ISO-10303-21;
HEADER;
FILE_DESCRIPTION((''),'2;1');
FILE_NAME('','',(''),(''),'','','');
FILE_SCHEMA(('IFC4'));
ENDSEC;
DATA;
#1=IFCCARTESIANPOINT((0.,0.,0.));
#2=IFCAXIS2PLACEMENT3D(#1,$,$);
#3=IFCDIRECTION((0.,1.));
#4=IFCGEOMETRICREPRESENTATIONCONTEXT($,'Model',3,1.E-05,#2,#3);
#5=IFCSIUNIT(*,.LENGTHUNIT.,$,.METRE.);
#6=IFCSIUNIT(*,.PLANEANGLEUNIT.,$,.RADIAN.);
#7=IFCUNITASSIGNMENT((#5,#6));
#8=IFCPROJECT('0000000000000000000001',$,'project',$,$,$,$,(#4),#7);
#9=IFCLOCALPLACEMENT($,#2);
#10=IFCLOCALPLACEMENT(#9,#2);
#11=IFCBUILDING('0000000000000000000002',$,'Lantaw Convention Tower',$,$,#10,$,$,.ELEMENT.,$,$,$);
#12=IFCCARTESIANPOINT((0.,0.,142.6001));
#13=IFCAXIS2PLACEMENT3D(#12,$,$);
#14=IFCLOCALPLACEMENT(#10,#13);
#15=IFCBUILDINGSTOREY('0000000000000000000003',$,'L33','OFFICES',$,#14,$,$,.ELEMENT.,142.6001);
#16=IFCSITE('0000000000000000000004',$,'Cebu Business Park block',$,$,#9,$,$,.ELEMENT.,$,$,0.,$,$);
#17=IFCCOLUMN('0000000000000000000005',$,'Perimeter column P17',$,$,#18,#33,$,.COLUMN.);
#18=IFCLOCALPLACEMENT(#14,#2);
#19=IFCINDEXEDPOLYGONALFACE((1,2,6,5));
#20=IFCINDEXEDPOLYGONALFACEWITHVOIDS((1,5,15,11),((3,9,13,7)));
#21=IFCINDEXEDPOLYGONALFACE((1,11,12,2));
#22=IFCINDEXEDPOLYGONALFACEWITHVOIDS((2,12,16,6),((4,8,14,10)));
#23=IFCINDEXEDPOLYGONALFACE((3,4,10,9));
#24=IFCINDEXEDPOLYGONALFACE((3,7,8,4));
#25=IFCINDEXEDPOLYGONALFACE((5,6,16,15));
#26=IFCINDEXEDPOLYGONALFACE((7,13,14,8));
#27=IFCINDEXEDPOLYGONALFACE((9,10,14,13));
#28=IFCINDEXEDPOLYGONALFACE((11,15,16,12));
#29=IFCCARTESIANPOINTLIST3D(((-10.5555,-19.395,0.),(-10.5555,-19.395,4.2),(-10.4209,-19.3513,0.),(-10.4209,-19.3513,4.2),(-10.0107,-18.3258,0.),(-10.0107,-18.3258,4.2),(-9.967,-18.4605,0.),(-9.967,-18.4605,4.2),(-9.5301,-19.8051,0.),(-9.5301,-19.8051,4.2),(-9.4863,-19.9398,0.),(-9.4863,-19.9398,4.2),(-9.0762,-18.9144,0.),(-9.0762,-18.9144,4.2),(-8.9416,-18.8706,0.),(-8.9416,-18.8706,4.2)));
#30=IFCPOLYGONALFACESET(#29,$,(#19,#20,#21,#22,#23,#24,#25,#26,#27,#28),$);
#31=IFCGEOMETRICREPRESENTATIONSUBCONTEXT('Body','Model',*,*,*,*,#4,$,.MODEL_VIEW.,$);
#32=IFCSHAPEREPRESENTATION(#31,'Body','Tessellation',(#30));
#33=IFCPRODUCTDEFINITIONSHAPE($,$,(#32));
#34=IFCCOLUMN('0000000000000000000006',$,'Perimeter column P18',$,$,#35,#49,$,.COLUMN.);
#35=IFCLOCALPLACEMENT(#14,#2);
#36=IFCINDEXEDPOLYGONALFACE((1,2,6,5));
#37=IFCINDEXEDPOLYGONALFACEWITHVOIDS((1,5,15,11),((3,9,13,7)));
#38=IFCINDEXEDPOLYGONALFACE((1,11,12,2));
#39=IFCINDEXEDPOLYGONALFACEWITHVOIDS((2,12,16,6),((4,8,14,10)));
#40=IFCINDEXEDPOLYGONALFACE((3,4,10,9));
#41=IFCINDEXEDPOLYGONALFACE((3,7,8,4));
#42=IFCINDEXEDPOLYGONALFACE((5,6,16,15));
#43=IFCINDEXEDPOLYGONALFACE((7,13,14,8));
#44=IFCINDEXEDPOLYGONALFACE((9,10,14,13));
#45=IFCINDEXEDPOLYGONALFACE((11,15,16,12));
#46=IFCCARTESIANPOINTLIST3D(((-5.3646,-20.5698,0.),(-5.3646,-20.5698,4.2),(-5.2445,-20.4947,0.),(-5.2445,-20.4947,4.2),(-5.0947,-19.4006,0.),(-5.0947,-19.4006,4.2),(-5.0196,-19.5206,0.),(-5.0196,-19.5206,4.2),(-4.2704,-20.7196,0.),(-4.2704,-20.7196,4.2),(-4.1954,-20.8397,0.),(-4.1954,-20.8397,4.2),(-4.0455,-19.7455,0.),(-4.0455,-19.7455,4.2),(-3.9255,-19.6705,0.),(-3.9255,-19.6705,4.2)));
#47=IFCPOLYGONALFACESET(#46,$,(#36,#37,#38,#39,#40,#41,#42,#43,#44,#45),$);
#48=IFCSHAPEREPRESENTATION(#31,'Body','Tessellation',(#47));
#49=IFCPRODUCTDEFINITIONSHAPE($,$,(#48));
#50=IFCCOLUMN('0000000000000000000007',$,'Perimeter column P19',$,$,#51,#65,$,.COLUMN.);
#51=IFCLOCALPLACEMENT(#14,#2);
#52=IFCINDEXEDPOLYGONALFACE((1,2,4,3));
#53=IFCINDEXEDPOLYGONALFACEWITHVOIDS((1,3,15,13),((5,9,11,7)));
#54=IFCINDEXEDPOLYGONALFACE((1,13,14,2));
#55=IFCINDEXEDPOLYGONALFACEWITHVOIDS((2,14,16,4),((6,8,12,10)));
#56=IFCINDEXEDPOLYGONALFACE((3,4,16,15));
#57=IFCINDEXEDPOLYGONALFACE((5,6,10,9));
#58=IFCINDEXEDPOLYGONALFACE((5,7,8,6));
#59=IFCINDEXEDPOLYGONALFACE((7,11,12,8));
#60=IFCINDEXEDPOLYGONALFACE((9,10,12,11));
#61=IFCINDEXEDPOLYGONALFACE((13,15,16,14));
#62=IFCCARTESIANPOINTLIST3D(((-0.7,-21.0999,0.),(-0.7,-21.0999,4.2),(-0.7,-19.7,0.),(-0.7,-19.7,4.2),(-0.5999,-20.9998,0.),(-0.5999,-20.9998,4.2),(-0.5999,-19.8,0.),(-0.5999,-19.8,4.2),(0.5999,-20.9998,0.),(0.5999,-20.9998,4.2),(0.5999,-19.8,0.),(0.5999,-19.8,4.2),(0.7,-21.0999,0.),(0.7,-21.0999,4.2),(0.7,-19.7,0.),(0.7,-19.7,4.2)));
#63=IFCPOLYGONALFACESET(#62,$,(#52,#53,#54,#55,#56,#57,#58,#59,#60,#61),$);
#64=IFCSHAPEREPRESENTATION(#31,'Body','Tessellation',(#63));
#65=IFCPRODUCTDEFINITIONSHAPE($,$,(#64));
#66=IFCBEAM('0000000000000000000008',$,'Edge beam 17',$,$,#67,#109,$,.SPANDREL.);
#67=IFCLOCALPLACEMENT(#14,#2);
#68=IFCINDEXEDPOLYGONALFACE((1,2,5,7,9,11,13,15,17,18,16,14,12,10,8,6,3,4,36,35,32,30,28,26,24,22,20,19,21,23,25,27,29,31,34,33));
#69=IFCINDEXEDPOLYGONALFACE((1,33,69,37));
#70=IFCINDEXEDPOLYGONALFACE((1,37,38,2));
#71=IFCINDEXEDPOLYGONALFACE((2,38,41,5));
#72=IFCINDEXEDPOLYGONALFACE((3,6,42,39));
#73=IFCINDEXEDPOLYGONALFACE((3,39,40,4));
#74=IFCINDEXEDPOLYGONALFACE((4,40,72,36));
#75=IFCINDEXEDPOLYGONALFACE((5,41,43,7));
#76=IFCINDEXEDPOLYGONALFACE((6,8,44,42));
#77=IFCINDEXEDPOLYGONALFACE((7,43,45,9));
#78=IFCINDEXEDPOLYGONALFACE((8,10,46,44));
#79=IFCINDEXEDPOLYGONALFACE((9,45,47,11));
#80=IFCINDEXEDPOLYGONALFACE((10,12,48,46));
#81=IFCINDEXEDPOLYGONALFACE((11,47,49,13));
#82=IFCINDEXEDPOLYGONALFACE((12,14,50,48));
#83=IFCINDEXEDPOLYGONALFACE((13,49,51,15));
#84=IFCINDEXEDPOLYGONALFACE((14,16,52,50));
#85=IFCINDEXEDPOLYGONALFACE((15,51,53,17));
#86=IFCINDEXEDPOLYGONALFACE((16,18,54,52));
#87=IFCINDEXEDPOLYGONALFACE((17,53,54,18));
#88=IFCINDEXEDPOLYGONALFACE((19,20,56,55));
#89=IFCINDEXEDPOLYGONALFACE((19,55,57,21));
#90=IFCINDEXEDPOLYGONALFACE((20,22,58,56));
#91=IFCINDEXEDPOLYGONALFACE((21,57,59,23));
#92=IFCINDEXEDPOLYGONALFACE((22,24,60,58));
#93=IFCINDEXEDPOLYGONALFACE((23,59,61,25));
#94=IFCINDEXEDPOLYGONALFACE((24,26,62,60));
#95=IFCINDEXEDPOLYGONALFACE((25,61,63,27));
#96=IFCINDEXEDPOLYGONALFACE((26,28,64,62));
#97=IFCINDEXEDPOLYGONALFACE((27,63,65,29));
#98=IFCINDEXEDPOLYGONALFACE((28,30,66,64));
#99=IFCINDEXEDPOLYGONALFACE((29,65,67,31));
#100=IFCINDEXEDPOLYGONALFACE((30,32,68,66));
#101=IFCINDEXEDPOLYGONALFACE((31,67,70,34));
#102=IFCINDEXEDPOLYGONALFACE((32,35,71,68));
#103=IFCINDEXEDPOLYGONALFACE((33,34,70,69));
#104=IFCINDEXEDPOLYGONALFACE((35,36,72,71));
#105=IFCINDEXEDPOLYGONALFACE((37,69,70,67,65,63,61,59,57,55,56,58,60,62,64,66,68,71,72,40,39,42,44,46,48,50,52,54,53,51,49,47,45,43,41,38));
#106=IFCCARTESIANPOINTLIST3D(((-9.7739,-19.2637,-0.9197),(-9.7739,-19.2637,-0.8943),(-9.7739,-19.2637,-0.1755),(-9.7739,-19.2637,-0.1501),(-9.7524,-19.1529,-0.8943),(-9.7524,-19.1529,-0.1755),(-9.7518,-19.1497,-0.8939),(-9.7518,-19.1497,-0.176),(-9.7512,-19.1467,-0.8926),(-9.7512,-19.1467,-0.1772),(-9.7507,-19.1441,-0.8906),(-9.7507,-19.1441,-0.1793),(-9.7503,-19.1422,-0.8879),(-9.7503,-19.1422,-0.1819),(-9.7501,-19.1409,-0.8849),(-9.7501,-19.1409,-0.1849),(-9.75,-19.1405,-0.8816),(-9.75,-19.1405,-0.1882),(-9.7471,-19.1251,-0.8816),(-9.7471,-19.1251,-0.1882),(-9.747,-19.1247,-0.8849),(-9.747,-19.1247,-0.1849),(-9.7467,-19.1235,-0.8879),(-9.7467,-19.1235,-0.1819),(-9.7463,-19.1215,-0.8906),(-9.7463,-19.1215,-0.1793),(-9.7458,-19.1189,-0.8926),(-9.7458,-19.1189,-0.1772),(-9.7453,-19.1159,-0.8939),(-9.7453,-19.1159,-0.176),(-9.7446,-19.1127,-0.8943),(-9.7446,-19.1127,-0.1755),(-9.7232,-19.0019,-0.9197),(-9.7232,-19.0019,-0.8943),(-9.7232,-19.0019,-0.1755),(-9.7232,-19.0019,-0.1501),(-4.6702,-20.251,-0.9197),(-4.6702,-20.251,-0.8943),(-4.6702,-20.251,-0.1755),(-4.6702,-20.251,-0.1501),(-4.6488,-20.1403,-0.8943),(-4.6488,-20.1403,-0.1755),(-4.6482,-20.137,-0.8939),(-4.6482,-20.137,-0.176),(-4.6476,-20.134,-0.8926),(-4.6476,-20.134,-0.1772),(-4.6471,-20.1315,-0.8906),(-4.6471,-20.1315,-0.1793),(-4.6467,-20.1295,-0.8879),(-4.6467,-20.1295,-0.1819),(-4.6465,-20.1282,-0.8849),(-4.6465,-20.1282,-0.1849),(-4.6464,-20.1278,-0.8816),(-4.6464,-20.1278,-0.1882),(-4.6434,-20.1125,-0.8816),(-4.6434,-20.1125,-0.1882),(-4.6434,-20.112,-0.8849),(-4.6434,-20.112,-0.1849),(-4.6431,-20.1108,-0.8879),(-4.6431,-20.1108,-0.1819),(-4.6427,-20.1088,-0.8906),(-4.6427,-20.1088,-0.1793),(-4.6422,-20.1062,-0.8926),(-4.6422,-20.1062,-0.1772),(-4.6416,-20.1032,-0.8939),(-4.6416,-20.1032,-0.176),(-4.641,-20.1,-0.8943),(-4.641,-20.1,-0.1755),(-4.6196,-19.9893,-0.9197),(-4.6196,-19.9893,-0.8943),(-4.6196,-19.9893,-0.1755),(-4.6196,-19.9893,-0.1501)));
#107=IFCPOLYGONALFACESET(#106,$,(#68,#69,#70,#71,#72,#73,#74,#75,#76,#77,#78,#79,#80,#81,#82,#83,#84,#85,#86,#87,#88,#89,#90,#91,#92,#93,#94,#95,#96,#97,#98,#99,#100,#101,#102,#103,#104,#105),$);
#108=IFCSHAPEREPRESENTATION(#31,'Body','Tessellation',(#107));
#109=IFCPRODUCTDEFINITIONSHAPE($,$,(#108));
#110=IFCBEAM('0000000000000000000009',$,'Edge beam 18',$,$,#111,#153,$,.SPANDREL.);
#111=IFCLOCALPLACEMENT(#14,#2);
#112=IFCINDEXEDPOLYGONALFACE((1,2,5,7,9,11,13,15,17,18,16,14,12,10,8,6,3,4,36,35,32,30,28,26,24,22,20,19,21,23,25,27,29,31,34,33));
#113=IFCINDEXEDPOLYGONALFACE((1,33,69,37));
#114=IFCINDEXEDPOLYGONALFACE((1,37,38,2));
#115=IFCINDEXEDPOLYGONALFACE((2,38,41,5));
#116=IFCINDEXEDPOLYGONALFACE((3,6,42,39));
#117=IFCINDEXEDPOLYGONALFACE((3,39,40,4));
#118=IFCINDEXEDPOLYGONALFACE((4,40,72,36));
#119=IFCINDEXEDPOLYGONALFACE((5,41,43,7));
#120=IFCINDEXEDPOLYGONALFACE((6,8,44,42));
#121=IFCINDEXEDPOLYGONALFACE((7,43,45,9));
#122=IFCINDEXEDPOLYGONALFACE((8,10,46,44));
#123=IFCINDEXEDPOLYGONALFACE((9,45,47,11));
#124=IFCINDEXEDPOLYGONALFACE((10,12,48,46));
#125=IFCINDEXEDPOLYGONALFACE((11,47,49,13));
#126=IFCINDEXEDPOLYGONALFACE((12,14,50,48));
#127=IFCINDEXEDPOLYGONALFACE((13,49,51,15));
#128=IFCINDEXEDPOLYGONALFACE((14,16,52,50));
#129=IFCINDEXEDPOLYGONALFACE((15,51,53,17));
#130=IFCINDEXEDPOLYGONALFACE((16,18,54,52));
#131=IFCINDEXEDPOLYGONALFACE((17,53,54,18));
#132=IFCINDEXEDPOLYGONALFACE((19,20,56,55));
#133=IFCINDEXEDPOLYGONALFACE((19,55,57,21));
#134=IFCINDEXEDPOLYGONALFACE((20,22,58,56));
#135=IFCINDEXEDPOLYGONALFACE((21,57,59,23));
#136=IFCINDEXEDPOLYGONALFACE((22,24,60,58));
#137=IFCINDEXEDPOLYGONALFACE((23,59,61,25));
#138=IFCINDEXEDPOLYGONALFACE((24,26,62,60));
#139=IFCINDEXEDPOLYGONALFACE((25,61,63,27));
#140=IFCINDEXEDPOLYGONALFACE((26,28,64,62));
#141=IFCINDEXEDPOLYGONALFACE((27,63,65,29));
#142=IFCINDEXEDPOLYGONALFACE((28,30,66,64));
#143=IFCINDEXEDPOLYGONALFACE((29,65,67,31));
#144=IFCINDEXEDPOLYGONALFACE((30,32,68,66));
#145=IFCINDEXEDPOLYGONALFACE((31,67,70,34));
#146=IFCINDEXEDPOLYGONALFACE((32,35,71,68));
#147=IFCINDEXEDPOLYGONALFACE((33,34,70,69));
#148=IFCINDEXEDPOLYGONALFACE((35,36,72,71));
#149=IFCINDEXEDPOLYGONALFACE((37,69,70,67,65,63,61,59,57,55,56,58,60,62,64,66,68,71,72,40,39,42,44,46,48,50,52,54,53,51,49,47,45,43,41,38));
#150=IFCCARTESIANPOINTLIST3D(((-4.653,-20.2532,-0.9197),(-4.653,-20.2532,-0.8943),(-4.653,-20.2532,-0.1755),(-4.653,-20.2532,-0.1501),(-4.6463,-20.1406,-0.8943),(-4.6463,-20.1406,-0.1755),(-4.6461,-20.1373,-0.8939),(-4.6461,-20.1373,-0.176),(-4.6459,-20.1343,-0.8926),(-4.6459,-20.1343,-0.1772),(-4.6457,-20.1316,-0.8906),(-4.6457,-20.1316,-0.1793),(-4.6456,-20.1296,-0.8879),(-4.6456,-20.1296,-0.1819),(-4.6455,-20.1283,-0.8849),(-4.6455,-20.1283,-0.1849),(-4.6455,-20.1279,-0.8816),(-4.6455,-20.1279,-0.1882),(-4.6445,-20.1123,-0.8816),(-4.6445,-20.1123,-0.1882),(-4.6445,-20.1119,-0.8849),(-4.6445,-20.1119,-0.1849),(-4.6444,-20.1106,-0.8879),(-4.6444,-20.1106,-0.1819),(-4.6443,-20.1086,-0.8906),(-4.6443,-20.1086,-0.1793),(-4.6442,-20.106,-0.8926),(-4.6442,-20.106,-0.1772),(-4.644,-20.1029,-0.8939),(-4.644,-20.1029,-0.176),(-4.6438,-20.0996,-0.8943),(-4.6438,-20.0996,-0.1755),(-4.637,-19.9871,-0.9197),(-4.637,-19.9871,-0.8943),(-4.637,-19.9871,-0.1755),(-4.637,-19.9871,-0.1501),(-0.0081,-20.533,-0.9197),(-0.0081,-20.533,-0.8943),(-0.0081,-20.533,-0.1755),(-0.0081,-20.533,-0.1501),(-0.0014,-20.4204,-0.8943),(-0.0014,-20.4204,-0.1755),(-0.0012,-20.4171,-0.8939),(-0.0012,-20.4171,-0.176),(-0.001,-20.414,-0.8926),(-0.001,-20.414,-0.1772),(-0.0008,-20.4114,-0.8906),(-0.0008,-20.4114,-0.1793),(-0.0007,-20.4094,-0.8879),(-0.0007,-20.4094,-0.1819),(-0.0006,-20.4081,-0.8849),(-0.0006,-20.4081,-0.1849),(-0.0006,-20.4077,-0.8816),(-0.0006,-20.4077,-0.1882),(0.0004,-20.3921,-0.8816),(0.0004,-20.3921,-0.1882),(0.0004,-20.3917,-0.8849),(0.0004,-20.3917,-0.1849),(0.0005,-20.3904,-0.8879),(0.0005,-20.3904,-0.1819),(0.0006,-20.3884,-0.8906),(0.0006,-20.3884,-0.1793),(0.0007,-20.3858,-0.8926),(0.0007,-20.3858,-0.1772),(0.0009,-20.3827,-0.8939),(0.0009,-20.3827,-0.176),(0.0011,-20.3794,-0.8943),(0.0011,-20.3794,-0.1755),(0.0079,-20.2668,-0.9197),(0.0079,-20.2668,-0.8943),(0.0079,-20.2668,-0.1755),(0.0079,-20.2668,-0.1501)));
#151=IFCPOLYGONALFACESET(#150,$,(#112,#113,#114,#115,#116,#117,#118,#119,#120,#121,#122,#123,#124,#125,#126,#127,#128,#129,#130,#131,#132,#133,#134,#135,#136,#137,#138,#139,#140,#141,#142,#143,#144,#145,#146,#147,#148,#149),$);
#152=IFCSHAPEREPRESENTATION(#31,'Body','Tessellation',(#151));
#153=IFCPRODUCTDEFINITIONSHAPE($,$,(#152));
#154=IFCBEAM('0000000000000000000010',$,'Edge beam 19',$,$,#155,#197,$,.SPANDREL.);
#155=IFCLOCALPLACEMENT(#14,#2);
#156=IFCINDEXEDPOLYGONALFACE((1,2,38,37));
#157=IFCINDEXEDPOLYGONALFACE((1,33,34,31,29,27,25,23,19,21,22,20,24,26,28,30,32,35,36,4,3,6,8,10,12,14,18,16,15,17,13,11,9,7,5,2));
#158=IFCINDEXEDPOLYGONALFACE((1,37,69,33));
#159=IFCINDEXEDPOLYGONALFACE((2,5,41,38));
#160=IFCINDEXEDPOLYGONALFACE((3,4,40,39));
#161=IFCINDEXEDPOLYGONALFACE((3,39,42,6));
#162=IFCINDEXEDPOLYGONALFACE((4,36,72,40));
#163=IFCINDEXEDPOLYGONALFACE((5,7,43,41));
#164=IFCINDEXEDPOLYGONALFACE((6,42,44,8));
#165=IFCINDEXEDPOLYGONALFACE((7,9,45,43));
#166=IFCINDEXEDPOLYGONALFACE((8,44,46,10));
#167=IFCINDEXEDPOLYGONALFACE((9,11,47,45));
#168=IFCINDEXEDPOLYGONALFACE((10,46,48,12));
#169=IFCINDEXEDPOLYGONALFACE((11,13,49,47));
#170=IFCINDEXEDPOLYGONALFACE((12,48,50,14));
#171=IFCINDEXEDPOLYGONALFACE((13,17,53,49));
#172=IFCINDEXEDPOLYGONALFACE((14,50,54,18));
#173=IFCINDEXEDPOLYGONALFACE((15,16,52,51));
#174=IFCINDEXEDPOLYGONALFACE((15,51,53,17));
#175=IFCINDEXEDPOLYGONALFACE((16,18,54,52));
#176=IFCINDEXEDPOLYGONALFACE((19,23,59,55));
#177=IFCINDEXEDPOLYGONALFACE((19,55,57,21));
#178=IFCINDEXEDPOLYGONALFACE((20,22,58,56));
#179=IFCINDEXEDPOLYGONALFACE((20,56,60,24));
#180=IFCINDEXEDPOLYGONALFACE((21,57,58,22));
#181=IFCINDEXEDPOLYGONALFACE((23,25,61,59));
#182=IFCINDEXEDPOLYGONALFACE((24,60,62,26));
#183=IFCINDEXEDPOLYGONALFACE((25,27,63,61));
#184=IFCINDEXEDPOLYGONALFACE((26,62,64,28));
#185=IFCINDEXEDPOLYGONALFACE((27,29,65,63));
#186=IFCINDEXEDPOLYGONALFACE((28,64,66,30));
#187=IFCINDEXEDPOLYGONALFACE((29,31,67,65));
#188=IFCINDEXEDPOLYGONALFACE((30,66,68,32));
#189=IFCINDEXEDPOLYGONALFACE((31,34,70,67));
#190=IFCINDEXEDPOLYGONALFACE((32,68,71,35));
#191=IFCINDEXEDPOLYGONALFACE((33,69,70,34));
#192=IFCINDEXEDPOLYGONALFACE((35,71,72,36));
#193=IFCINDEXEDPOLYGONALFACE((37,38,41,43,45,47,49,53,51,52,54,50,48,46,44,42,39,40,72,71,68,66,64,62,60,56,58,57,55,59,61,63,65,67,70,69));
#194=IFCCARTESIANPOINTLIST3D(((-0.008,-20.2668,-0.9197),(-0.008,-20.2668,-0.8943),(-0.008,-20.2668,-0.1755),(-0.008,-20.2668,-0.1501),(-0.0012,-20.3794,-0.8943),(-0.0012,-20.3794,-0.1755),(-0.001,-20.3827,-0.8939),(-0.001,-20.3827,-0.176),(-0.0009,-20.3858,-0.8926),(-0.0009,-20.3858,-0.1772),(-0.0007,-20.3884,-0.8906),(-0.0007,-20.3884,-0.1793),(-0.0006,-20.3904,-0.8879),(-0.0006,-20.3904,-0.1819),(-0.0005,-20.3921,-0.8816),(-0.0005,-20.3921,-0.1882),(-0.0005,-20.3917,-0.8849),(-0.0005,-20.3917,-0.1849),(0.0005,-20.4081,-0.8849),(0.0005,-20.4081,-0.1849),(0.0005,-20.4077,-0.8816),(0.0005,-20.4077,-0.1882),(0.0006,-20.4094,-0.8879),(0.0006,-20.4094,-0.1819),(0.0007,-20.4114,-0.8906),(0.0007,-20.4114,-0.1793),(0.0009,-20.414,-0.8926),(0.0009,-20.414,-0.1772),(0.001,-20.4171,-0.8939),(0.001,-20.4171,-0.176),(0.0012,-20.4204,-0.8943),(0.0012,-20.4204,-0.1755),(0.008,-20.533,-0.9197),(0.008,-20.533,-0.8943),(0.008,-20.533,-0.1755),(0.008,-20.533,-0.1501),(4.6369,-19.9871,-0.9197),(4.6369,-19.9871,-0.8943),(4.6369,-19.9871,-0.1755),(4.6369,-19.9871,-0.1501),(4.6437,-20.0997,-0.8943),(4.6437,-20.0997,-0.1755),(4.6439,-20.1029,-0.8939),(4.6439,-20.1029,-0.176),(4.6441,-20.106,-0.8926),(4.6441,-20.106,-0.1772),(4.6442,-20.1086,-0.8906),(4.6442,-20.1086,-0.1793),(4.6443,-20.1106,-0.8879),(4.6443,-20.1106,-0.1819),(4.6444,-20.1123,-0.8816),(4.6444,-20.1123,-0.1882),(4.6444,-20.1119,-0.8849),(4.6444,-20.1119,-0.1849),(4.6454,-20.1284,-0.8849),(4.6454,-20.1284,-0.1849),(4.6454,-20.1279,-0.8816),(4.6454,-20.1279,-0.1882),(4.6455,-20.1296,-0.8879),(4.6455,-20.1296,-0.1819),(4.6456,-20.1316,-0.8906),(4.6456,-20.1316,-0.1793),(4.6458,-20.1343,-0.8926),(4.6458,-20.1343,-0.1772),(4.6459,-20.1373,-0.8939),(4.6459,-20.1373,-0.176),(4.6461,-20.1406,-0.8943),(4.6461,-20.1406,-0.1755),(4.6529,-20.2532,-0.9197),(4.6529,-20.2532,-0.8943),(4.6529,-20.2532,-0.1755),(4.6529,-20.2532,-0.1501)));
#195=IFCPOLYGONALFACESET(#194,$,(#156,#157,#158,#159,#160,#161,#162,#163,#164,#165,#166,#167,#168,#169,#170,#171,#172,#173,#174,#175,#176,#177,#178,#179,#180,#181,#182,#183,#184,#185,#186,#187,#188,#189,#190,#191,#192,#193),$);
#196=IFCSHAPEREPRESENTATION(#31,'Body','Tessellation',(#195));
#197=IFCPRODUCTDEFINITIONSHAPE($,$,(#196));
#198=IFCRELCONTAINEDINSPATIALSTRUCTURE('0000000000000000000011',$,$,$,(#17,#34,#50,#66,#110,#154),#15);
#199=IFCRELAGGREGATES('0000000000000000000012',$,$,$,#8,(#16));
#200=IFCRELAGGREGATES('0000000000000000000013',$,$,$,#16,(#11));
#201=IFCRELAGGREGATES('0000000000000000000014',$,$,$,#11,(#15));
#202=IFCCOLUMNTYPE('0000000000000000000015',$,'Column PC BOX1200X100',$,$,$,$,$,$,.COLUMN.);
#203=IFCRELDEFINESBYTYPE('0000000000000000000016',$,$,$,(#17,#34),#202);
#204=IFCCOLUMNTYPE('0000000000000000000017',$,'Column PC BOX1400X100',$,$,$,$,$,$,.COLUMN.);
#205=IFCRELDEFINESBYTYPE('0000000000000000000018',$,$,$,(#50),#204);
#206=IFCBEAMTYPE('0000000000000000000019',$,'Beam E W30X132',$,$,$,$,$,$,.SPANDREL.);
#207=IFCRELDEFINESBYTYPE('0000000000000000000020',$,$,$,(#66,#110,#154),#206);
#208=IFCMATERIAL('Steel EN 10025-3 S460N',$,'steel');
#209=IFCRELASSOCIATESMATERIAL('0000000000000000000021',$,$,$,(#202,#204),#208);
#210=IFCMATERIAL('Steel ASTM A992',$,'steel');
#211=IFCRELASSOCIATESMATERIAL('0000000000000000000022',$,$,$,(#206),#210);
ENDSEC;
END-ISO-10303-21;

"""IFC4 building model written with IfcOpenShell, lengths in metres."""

from ifc_helpers import new_model, si_unit, direction, frame, origin, origin_2d, place, context, subcontext, project, spatial, rectangle, hollow_rectangle, i_section, extrude, material, material_profile, profile_set, type_object, element, save


model = new_model("IFC4")

# Units and contexts
model_context = context("Model", 3, precision=1e-05, world=origin(), true_north=direction((0.0, 1.0)))
body_context = subcontext(model_context, "Body", "Model", "MODEL_VIEW")
ifc_project = project(units=[si_unit("LENGTHUNIT", "METRE"), si_unit("PLANEANGLEUNIT", "RADIAN")], contexts=[model_context])

# Site, building, storey
site_placement = place(None, origin())
site = spatial("IfcSite", under=ifc_project, at=site_placement, Name="Cebu Business Park block", CompositionType="ELEMENT", RefElevation=0.0)
building_placement = place(site_placement, origin())
building = spatial("IfcBuilding", under=site, at=building_placement, Name="Lantaw Convention Tower", CompositionType="ELEMENT")
storey_placement = place(building_placement, frame((0.0, 0.0, 142.6001)))
storey = spatial("IfcBuildingStorey", under=building, at=storey_placement, Name="L33", Description="OFFICES", CompositionType="ELEMENT", Elevation=142.6001)

# Columns
ifc_material_1 = material(Name="Steel EN 10025-3 S460N", Category="steel")
ifc_material_profile_1 = material_profile(ifc_material_1, hollow_rectangle(XDim=1.2, YDim=1.2, WallThickness=0.1001, at=origin_2d()), Name="BOX1200X100")
ifc_material_2 = material(Name="Concrete C60/75", Category="concrete")
ifc_material_profile_2 = material_profile(ifc_material_2, rectangle(XDim=1.0, YDim=1.0, at=origin_2d()), Name="Concrete fill of BOX1200X100")
ifc_profile_set_1 = profile_set([ifc_material_profile_1, ifc_material_profile_2], Name="Steel EN 10025-3 S460N")
column_type_1 = type_object("IfcColumnType", Name="Column PC BOX1200X100", PredefinedType="COLUMN", material=ifc_profile_set_1)
for number, where, z_axis, x_axis, name in (
    (1, (-9.7485, -19.1328, 0.0), (0.0, 0.0, 1.0), (0.45399, 0.891007, 0.0), "Perimeter column P17"),
    (2, (-4.645, -20.1201, 0.0), (0.0, 0.0, 1.0), (0.224951, 0.97437, 0.0), "Perimeter column P18"),
):
    element("IfcColumn", number, at=place(storey_placement, frame(where, z_axis=z_axis, x_axis=x_axis)), inside=storey, type_object=column_type_1, Name=name, PredefinedType="COLUMN", context=body_context, shape_type="SweptSolid", body=[
        extrude(hollow_rectangle(XDim=1.2, YDim=1.2, WallThickness=0.1001, at=origin_2d()), origin(), (0.0, 0.0, 1.0), 4.2),
    ])
ifc_material_profile_3 = material_profile(ifc_material_1, hollow_rectangle(XDim=1.3999, YDim=1.3999, WallThickness=0.1001, at=origin_2d()), Name="BOX1400X100")
ifc_material_profile_4 = material_profile(ifc_material_2, rectangle(XDim=1.2, YDim=1.2, at=origin_2d()), Name="Concrete fill of BOX1400X100")
ifc_profile_set_2 = profile_set([ifc_material_profile_3, ifc_material_profile_4], Name="Steel EN 10025-3 S460N")
column_type_2 = type_object("IfcColumnType", Name="Column PC BOX1400X100", PredefinedType="COLUMN", material=ifc_profile_set_2)
column_placement = place(storey_placement, frame((0.0, -20.3999, 0.0), z_axis=(0.0, 0.0, 1.0), x_axis=(1.0, 0.0, 0.0)))
element("IfcColumn", 3, at=column_placement, inside=storey, type_object=column_type_2, Name="Perimeter column P19", PredefinedType="COLUMN", context=body_context, shape_type="SweptSolid", body=[
    extrude(hollow_rectangle(XDim=1.3999, YDim=1.3999, WallThickness=0.1001, at=origin_2d()), origin(), (0.0, 0.0, 1.0), 4.2),
])

# Beams
ifc_material_3 = material(Name="Steel ASTM A992", Category="steel")
ifc_material_profile_5 = material_profile(ifc_material_3, i_section(OverallWidth=0.2666, OverallDepth=0.7695, WebThickness=0.0156, FlangeThickness=0.0254, FilletRadius=0.0127, at=origin_2d()), Name="W30X132")
ifc_profile_set_3 = profile_set([ifc_material_profile_5], Name="Steel ASTM A992")
beam_type_1 = type_object("IfcBeamType", Name="Beam E W30X132", PredefinedType="SPANDREL", material=ifc_profile_set_3)
beam_1_placement = place(storey_placement, frame((-9.7485, -19.1328, -0.5349), z_axis=(0.981797, -0.189934, 0.0), x_axis=(0.189934, 0.981797, 0.0)))
element("IfcBeam", 4, at=beam_1_placement, inside=storey, type_object=beam_type_1, Name="Edge beam 17", PredefinedType="SPANDREL", context=body_context, shape_type="SweptSolid", body=[
    extrude(i_section(OverallWidth=0.2666, OverallDepth=0.7695, WebThickness=0.0156, FlangeThickness=0.0254, FilletRadius=0.0127, at=origin_2d()), origin(), (0.0, 0.0, 1.0), 5.1982),
])
for number, where, z_axis, x_axis, name in (
    (5, (-4.645, -20.1201, -0.5349), (0.998191, -0.060124, 0.0), (0.060124, 0.998191, 0.0), "Edge beam 18"),
    (6, (0.0, -20.3999, -0.5349), (0.998191, 0.060124, 0.0), (-0.060124, 0.998191, 0.0), "Edge beam 19"),
):
    element("IfcBeam", number, at=place(storey_placement, frame(where, z_axis=z_axis, x_axis=x_axis)), inside=storey, type_object=beam_type_1, Name=name, PredefinedType="SPANDREL", context=body_context, shape_type="SweptSolid", body=[
        extrude(i_section(OverallWidth=0.2666, OverallDepth=0.7695, WebThickness=0.0156, FlangeThickness=0.0254, FilletRadius=0.0127, at=origin_2d()), origin(), (0.0, 0.0, 1.0), 4.6533),
    ])

save(model, "model.ifc")
